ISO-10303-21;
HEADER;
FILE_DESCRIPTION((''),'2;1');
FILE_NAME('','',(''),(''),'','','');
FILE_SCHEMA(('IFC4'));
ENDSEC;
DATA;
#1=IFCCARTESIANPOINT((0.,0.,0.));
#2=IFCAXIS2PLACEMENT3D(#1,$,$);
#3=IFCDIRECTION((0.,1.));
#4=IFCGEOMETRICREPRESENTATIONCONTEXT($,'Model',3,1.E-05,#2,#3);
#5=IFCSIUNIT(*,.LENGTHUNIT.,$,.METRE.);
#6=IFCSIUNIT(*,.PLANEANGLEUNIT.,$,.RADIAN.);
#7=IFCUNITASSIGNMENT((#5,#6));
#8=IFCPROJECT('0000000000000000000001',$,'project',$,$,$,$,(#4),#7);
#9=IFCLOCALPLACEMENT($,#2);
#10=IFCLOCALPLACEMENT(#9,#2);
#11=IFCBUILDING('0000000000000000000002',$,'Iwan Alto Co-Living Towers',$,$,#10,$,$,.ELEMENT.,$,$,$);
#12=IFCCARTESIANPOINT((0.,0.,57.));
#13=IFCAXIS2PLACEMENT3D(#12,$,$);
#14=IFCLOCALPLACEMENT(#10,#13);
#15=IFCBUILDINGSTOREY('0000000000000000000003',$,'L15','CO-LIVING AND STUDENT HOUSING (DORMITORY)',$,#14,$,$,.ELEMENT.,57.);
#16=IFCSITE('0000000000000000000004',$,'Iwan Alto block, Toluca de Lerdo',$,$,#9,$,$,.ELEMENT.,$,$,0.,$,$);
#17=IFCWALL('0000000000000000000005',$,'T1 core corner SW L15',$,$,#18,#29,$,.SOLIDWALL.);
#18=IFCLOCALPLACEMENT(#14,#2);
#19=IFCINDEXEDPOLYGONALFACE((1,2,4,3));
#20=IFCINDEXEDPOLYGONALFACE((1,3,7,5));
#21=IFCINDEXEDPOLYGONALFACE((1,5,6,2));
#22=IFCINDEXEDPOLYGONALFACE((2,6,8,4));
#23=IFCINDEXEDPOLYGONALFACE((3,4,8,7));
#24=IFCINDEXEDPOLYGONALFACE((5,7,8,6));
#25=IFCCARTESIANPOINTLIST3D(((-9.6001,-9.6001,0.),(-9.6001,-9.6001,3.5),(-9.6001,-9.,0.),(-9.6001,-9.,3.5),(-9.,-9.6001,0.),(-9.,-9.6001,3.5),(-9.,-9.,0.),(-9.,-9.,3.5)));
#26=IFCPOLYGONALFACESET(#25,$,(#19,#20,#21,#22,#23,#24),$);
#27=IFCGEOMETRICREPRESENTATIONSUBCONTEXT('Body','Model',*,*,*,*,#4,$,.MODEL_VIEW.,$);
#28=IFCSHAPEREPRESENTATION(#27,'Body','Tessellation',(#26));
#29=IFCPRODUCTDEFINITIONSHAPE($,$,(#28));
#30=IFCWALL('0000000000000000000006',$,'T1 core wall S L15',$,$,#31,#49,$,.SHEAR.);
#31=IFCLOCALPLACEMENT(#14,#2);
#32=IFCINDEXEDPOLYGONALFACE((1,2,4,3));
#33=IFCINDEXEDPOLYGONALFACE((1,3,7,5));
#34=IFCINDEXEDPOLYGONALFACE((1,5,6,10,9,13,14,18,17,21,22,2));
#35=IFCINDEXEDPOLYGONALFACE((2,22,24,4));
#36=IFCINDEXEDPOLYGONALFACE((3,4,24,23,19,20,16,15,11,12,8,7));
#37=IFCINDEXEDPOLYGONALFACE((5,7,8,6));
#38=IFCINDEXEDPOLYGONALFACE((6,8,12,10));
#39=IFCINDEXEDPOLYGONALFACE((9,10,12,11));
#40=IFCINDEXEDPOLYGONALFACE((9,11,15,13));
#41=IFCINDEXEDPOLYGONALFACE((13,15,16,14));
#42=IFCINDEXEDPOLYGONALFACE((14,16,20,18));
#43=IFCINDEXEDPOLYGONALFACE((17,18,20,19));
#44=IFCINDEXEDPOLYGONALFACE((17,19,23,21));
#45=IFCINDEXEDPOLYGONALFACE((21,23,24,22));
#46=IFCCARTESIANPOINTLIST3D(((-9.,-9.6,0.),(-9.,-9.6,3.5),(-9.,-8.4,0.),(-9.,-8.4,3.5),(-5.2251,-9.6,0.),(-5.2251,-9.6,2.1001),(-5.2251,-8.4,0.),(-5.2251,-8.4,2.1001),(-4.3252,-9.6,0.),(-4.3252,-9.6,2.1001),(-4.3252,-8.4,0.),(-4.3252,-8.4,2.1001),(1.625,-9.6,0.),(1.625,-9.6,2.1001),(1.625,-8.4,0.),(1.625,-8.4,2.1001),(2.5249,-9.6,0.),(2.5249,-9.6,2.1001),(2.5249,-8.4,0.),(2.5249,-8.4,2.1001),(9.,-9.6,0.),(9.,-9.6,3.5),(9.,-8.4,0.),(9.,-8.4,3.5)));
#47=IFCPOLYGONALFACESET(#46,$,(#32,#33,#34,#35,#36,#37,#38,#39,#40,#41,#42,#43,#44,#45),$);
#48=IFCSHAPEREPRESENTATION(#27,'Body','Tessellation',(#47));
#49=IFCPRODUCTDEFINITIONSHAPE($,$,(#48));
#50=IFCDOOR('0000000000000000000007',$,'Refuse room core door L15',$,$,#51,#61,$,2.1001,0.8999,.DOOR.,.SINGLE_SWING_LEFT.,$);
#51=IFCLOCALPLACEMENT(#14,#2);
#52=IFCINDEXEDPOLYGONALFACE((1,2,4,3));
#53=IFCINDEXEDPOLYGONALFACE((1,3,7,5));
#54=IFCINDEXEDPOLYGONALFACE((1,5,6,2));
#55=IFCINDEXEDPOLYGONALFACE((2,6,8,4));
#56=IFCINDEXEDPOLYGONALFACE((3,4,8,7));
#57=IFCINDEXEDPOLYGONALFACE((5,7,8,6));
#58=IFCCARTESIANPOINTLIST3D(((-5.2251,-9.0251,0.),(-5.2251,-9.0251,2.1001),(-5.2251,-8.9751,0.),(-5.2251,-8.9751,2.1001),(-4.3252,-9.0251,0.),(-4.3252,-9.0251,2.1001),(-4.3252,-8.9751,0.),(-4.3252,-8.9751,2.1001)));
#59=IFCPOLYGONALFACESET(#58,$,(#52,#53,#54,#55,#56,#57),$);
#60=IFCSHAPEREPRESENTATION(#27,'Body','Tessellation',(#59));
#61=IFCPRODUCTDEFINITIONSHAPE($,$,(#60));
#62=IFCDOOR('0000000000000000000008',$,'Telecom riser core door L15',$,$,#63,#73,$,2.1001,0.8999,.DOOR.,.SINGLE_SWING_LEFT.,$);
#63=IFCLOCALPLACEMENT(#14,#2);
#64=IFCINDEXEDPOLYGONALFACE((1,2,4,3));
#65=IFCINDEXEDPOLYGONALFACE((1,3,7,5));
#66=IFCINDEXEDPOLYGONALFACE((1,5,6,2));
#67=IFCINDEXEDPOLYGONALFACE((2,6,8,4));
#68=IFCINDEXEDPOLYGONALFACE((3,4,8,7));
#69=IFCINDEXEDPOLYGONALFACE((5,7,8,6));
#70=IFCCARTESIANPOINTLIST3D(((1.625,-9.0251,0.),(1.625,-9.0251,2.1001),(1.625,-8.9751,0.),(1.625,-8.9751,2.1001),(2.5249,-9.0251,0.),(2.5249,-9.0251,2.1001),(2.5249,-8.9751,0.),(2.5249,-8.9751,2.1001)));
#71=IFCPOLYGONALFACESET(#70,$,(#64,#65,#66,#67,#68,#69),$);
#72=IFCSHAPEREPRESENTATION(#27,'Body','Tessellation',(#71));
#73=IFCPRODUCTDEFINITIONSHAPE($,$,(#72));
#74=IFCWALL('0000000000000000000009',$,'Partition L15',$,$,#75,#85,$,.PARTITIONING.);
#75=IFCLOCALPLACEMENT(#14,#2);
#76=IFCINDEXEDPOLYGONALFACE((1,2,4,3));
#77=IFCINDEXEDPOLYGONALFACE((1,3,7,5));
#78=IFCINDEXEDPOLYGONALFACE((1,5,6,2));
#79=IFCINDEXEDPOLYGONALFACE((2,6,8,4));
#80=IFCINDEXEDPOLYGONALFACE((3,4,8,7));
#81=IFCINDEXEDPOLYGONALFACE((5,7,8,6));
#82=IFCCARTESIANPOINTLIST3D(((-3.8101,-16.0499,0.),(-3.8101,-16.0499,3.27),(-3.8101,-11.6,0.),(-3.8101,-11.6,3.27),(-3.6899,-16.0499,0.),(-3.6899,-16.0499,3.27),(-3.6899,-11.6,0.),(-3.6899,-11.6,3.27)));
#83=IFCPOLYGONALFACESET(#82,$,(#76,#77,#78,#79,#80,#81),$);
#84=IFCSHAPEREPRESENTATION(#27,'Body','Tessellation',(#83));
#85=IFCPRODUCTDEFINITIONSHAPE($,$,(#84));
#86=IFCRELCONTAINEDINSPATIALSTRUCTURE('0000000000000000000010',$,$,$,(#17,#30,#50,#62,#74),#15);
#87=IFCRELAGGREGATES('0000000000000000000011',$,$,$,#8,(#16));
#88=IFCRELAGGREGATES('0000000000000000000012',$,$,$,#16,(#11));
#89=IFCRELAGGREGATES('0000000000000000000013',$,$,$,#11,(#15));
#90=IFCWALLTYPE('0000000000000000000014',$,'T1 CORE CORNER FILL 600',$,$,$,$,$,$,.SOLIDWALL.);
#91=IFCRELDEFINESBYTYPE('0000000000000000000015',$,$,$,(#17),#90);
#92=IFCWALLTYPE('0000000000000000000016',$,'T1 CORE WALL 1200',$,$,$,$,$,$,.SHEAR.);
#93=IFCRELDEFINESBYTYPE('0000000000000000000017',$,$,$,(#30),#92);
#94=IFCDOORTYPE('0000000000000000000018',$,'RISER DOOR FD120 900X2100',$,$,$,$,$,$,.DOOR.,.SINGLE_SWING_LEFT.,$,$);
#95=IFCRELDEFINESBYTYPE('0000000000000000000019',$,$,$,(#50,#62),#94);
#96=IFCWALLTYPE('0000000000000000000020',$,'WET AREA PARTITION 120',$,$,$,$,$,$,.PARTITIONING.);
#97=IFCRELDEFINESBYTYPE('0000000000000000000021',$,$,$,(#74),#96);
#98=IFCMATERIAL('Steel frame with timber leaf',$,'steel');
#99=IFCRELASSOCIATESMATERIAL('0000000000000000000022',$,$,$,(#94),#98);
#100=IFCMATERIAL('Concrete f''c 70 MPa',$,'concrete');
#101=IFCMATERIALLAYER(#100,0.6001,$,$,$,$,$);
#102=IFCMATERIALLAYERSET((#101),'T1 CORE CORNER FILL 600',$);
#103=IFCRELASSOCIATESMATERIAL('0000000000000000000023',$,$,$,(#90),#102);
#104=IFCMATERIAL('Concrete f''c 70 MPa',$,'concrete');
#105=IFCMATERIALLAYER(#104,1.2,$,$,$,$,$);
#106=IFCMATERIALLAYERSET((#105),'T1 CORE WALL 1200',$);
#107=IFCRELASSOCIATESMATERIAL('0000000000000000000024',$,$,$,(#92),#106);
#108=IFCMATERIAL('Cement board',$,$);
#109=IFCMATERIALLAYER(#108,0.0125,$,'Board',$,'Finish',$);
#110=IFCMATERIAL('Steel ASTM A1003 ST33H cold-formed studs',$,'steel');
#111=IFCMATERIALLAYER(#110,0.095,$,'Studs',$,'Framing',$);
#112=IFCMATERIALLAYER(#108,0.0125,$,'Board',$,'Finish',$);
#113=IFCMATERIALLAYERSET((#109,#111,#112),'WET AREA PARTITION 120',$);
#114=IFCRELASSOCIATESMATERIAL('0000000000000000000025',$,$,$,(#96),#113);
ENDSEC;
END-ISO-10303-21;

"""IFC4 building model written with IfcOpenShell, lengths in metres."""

from ifc_helpers import new_model, si_unit, direction, frame, frame_2d, origin, place, context, subcontext, project, spatial, rectangle, extrude, material, layer, layer_set, type_object, element, fill, save


model = new_model("IFC4")

# Units and contexts
model_context = context("Model", 3, precision=1e-05, world=origin(), true_north=direction((0.0, 1.0)))
body_context = subcontext(model_context, "Body", "Model", "MODEL_VIEW")
ifc_project = project(units=[si_unit("LENGTHUNIT", "METRE"), si_unit("PLANEANGLEUNIT", "RADIAN")], contexts=[model_context])

# Site, building, storey
site_placement = place(None, origin())
site = spatial("IfcSite", under=ifc_project, at=site_placement, Name="Iwan Alto block, Toluca de Lerdo", CompositionType="ELEMENT", RefElevation=0.0)
building_placement = place(site_placement, origin())
building = spatial("IfcBuilding", under=site, at=building_placement, Name="Iwan Alto Co-Living Towers", CompositionType="ELEMENT")
storey_placement = place(building_placement, frame((0.0, 0.0, 57.0)))
storey = spatial("IfcBuildingStorey", under=building, at=storey_placement, Name="L15", Description="CO-LIVING AND STUDENT HOUSING (DORMITORY)", CompositionType="ELEMENT", Elevation=57.0)

# Shared definitions
ifc_material_1 = material(Name="Steel ASTM A1003 ST33H cold-formed studs", Category="steel")
ifc_material_2 = material(Name="Steel frame with timber leaf", Category="steel")
door_type_1 = type_object("IfcDoorType", Name="RISER DOOR FD120 900X2100", OperationType="SINGLE_SWING_LEFT", PredefinedType="DOOR", material=ifc_material_2)

# Wall
ifc_material_3 = material(Name="Concrete f'c 70 MPa", Category="concrete")
ifc_layer_1 = layer(ifc_material_3, 0.6001)
ifc_layer_set_1 = layer_set([ifc_layer_1], Name="T1 CORE CORNER FILL 600")
wall_type_1 = type_object("IfcWallType", Name="T1 CORE CORNER FILL 600", PredefinedType="SOLIDWALL", material=ifc_layer_set_1)
wall_1_placement = place(storey_placement, frame((-9.6001, -9.3, 0.0), z_axis=(0.0, 0.0, 1.0), x_axis=(1.0, 0.0, 0.0)))
element("IfcWall", 1, at=wall_1_placement, inside=storey, type_object=wall_type_1, Name="T1 core corner SW L15", PredefinedType="SOLIDWALL", context=body_context, shape_type="SweptSolid", body=[
    extrude(rectangle(XDim=0.6001, YDim=0.6001, at=frame_2d((0.3, 0.0))), origin(), (0.0, 0.0, 1.0), 3.5),
])

# Wall, openings, doors
ifc_material_4 = material(Name="Concrete f'c 70 MPa", Category="concrete")
ifc_layer_2 = layer(ifc_material_4, 1.2)
ifc_layer_set_2 = layer_set([ifc_layer_2], Name="T1 CORE WALL 1200")
wall_type_2 = type_object("IfcWallType", Name="T1 CORE WALL 1200", PredefinedType="SHEAR", material=ifc_layer_set_2)
wall_2_placement = place(storey_placement, frame((-9.0, -9.0, 0.0), z_axis=(0.0, 0.0, 1.0), x_axis=(1.0, 0.0, 0.0)))
wall_2 = element("IfcWall", 2, at=wall_2_placement, inside=storey, type_object=wall_type_2, Name="T1 core wall S L15", PredefinedType="SHEAR", context=body_context, shape_type="SweptSolid", body=[
    extrude(rectangle(XDim=18.0, YDim=1.2, at=frame_2d((9.0, 0.0))), origin(), (0.0, 0.0, 1.0), 3.5),
])
opening_1_placement = place(wall_2_placement, frame((3.7749, 0.0, 0.0)))
opening_1 = element("IfcOpeningElement", 3, at=opening_1_placement, cuts=wall_2, PredefinedType="OPENING", context=body_context, shape_type="SweptSolid", body=[
    extrude(rectangle(XDim=0.8999, YDim=2.1001, at=frame_2d((0.45, 1.05))), frame((0.0, 0.6099, 0.0), z_axis=(0.0, -1.0, 0.0), x_axis=(1.0, 0.0, 0.0)), (0.0, 0.0, 1.0), 1.22),
])
opening_2_placement = place(wall_2_placement, frame((10.625, 0.0, 0.0)))
opening_2 = element("IfcOpeningElement", 4, at=opening_2_placement, cuts=wall_2, PredefinedType="OPENING", context=body_context, shape_type="SweptSolid", body=[
    extrude(rectangle(XDim=0.8999, YDim=2.1001, at=frame_2d((0.45, 1.05))), frame((0.0, 0.6099, 0.0), z_axis=(0.0, -1.0, 0.0), x_axis=(1.0, 0.0, 0.0)), (0.0, 0.0, 1.0), 1.22),
])
door_1_placement = place(opening_1_placement, origin())
door_1 = element("IfcDoor", 5, at=door_1_placement, inside=storey, type_object=door_type_1, Name="Refuse room core door L15", OperationType="SINGLE_SWING_LEFT", OverallHeight=2.1001, OverallWidth=0.8999, PredefinedType="DOOR", context=body_context, shape_type="SweptSolid", body=[
    extrude(rectangle(XDim=0.8999, YDim=2.1001, at=frame_2d((0.45, 1.05))), frame((0.0, 0.0249, 0.0), z_axis=(0.0, -1.0, 0.0), x_axis=(1.0, 0.0, 0.0)), (0.0, 0.0, 1.0), 0.05),
])
fill(opening_1, door_1)
door_2_placement = place(opening_2_placement, origin())
door_2 = element("IfcDoor", 6, at=door_2_placement, inside=storey, type_object=door_type_1, Name="Telecom riser core door L15", OperationType="SINGLE_SWING_LEFT", OverallHeight=2.1001, OverallWidth=0.8999, PredefinedType="DOOR", context=body_context, shape_type="SweptSolid", body=[
    extrude(rectangle(XDim=0.8999, YDim=2.1001, at=frame_2d((0.45, 1.05))), frame((0.0, 0.0249, 0.0), z_axis=(0.0, -1.0, 0.0), x_axis=(1.0, 0.0, 0.0)), (0.0, 0.0, 1.0), 0.05),
])
fill(opening_2, door_2)

# Wall
ifc_material_5 = material(Name="Cement board")
ifc_layer_3 = layer(ifc_material_5, 0.0125, Name="Board", Category="Finish")
ifc_layer_4 = layer(ifc_material_1, 0.095, Name="Studs", Category="Framing")
ifc_layer_5 = layer(ifc_material_5, 0.0125, Name="Board", Category="Finish")
ifc_layer_set_3 = layer_set([ifc_layer_3, ifc_layer_4, ifc_layer_5], Name="WET AREA PARTITION 120")
wall_type_3 = type_object("IfcWallType", Name="WET AREA PARTITION 120", PredefinedType="PARTITIONING", material=ifc_layer_set_3)
wall_3_placement = place(storey_placement, frame((-3.75, -16.05, 0.0), z_axis=(0.0, 0.0, 1.0), x_axis=(0.0, 1.0, 0.0)))
element("IfcWall", 7, at=wall_3_placement, inside=storey, type_object=wall_type_3, Name="Partition L15", PredefinedType="PARTITIONING", context=body_context, shape_type="SweptSolid", body=[
    extrude(rectangle(XDim=4.45, YDim=0.1201, at=frame_2d((2.2251, 0.0))), origin(), (0.0, 0.0, 1.0), 3.27),
])

save(model, "model.ifc")
